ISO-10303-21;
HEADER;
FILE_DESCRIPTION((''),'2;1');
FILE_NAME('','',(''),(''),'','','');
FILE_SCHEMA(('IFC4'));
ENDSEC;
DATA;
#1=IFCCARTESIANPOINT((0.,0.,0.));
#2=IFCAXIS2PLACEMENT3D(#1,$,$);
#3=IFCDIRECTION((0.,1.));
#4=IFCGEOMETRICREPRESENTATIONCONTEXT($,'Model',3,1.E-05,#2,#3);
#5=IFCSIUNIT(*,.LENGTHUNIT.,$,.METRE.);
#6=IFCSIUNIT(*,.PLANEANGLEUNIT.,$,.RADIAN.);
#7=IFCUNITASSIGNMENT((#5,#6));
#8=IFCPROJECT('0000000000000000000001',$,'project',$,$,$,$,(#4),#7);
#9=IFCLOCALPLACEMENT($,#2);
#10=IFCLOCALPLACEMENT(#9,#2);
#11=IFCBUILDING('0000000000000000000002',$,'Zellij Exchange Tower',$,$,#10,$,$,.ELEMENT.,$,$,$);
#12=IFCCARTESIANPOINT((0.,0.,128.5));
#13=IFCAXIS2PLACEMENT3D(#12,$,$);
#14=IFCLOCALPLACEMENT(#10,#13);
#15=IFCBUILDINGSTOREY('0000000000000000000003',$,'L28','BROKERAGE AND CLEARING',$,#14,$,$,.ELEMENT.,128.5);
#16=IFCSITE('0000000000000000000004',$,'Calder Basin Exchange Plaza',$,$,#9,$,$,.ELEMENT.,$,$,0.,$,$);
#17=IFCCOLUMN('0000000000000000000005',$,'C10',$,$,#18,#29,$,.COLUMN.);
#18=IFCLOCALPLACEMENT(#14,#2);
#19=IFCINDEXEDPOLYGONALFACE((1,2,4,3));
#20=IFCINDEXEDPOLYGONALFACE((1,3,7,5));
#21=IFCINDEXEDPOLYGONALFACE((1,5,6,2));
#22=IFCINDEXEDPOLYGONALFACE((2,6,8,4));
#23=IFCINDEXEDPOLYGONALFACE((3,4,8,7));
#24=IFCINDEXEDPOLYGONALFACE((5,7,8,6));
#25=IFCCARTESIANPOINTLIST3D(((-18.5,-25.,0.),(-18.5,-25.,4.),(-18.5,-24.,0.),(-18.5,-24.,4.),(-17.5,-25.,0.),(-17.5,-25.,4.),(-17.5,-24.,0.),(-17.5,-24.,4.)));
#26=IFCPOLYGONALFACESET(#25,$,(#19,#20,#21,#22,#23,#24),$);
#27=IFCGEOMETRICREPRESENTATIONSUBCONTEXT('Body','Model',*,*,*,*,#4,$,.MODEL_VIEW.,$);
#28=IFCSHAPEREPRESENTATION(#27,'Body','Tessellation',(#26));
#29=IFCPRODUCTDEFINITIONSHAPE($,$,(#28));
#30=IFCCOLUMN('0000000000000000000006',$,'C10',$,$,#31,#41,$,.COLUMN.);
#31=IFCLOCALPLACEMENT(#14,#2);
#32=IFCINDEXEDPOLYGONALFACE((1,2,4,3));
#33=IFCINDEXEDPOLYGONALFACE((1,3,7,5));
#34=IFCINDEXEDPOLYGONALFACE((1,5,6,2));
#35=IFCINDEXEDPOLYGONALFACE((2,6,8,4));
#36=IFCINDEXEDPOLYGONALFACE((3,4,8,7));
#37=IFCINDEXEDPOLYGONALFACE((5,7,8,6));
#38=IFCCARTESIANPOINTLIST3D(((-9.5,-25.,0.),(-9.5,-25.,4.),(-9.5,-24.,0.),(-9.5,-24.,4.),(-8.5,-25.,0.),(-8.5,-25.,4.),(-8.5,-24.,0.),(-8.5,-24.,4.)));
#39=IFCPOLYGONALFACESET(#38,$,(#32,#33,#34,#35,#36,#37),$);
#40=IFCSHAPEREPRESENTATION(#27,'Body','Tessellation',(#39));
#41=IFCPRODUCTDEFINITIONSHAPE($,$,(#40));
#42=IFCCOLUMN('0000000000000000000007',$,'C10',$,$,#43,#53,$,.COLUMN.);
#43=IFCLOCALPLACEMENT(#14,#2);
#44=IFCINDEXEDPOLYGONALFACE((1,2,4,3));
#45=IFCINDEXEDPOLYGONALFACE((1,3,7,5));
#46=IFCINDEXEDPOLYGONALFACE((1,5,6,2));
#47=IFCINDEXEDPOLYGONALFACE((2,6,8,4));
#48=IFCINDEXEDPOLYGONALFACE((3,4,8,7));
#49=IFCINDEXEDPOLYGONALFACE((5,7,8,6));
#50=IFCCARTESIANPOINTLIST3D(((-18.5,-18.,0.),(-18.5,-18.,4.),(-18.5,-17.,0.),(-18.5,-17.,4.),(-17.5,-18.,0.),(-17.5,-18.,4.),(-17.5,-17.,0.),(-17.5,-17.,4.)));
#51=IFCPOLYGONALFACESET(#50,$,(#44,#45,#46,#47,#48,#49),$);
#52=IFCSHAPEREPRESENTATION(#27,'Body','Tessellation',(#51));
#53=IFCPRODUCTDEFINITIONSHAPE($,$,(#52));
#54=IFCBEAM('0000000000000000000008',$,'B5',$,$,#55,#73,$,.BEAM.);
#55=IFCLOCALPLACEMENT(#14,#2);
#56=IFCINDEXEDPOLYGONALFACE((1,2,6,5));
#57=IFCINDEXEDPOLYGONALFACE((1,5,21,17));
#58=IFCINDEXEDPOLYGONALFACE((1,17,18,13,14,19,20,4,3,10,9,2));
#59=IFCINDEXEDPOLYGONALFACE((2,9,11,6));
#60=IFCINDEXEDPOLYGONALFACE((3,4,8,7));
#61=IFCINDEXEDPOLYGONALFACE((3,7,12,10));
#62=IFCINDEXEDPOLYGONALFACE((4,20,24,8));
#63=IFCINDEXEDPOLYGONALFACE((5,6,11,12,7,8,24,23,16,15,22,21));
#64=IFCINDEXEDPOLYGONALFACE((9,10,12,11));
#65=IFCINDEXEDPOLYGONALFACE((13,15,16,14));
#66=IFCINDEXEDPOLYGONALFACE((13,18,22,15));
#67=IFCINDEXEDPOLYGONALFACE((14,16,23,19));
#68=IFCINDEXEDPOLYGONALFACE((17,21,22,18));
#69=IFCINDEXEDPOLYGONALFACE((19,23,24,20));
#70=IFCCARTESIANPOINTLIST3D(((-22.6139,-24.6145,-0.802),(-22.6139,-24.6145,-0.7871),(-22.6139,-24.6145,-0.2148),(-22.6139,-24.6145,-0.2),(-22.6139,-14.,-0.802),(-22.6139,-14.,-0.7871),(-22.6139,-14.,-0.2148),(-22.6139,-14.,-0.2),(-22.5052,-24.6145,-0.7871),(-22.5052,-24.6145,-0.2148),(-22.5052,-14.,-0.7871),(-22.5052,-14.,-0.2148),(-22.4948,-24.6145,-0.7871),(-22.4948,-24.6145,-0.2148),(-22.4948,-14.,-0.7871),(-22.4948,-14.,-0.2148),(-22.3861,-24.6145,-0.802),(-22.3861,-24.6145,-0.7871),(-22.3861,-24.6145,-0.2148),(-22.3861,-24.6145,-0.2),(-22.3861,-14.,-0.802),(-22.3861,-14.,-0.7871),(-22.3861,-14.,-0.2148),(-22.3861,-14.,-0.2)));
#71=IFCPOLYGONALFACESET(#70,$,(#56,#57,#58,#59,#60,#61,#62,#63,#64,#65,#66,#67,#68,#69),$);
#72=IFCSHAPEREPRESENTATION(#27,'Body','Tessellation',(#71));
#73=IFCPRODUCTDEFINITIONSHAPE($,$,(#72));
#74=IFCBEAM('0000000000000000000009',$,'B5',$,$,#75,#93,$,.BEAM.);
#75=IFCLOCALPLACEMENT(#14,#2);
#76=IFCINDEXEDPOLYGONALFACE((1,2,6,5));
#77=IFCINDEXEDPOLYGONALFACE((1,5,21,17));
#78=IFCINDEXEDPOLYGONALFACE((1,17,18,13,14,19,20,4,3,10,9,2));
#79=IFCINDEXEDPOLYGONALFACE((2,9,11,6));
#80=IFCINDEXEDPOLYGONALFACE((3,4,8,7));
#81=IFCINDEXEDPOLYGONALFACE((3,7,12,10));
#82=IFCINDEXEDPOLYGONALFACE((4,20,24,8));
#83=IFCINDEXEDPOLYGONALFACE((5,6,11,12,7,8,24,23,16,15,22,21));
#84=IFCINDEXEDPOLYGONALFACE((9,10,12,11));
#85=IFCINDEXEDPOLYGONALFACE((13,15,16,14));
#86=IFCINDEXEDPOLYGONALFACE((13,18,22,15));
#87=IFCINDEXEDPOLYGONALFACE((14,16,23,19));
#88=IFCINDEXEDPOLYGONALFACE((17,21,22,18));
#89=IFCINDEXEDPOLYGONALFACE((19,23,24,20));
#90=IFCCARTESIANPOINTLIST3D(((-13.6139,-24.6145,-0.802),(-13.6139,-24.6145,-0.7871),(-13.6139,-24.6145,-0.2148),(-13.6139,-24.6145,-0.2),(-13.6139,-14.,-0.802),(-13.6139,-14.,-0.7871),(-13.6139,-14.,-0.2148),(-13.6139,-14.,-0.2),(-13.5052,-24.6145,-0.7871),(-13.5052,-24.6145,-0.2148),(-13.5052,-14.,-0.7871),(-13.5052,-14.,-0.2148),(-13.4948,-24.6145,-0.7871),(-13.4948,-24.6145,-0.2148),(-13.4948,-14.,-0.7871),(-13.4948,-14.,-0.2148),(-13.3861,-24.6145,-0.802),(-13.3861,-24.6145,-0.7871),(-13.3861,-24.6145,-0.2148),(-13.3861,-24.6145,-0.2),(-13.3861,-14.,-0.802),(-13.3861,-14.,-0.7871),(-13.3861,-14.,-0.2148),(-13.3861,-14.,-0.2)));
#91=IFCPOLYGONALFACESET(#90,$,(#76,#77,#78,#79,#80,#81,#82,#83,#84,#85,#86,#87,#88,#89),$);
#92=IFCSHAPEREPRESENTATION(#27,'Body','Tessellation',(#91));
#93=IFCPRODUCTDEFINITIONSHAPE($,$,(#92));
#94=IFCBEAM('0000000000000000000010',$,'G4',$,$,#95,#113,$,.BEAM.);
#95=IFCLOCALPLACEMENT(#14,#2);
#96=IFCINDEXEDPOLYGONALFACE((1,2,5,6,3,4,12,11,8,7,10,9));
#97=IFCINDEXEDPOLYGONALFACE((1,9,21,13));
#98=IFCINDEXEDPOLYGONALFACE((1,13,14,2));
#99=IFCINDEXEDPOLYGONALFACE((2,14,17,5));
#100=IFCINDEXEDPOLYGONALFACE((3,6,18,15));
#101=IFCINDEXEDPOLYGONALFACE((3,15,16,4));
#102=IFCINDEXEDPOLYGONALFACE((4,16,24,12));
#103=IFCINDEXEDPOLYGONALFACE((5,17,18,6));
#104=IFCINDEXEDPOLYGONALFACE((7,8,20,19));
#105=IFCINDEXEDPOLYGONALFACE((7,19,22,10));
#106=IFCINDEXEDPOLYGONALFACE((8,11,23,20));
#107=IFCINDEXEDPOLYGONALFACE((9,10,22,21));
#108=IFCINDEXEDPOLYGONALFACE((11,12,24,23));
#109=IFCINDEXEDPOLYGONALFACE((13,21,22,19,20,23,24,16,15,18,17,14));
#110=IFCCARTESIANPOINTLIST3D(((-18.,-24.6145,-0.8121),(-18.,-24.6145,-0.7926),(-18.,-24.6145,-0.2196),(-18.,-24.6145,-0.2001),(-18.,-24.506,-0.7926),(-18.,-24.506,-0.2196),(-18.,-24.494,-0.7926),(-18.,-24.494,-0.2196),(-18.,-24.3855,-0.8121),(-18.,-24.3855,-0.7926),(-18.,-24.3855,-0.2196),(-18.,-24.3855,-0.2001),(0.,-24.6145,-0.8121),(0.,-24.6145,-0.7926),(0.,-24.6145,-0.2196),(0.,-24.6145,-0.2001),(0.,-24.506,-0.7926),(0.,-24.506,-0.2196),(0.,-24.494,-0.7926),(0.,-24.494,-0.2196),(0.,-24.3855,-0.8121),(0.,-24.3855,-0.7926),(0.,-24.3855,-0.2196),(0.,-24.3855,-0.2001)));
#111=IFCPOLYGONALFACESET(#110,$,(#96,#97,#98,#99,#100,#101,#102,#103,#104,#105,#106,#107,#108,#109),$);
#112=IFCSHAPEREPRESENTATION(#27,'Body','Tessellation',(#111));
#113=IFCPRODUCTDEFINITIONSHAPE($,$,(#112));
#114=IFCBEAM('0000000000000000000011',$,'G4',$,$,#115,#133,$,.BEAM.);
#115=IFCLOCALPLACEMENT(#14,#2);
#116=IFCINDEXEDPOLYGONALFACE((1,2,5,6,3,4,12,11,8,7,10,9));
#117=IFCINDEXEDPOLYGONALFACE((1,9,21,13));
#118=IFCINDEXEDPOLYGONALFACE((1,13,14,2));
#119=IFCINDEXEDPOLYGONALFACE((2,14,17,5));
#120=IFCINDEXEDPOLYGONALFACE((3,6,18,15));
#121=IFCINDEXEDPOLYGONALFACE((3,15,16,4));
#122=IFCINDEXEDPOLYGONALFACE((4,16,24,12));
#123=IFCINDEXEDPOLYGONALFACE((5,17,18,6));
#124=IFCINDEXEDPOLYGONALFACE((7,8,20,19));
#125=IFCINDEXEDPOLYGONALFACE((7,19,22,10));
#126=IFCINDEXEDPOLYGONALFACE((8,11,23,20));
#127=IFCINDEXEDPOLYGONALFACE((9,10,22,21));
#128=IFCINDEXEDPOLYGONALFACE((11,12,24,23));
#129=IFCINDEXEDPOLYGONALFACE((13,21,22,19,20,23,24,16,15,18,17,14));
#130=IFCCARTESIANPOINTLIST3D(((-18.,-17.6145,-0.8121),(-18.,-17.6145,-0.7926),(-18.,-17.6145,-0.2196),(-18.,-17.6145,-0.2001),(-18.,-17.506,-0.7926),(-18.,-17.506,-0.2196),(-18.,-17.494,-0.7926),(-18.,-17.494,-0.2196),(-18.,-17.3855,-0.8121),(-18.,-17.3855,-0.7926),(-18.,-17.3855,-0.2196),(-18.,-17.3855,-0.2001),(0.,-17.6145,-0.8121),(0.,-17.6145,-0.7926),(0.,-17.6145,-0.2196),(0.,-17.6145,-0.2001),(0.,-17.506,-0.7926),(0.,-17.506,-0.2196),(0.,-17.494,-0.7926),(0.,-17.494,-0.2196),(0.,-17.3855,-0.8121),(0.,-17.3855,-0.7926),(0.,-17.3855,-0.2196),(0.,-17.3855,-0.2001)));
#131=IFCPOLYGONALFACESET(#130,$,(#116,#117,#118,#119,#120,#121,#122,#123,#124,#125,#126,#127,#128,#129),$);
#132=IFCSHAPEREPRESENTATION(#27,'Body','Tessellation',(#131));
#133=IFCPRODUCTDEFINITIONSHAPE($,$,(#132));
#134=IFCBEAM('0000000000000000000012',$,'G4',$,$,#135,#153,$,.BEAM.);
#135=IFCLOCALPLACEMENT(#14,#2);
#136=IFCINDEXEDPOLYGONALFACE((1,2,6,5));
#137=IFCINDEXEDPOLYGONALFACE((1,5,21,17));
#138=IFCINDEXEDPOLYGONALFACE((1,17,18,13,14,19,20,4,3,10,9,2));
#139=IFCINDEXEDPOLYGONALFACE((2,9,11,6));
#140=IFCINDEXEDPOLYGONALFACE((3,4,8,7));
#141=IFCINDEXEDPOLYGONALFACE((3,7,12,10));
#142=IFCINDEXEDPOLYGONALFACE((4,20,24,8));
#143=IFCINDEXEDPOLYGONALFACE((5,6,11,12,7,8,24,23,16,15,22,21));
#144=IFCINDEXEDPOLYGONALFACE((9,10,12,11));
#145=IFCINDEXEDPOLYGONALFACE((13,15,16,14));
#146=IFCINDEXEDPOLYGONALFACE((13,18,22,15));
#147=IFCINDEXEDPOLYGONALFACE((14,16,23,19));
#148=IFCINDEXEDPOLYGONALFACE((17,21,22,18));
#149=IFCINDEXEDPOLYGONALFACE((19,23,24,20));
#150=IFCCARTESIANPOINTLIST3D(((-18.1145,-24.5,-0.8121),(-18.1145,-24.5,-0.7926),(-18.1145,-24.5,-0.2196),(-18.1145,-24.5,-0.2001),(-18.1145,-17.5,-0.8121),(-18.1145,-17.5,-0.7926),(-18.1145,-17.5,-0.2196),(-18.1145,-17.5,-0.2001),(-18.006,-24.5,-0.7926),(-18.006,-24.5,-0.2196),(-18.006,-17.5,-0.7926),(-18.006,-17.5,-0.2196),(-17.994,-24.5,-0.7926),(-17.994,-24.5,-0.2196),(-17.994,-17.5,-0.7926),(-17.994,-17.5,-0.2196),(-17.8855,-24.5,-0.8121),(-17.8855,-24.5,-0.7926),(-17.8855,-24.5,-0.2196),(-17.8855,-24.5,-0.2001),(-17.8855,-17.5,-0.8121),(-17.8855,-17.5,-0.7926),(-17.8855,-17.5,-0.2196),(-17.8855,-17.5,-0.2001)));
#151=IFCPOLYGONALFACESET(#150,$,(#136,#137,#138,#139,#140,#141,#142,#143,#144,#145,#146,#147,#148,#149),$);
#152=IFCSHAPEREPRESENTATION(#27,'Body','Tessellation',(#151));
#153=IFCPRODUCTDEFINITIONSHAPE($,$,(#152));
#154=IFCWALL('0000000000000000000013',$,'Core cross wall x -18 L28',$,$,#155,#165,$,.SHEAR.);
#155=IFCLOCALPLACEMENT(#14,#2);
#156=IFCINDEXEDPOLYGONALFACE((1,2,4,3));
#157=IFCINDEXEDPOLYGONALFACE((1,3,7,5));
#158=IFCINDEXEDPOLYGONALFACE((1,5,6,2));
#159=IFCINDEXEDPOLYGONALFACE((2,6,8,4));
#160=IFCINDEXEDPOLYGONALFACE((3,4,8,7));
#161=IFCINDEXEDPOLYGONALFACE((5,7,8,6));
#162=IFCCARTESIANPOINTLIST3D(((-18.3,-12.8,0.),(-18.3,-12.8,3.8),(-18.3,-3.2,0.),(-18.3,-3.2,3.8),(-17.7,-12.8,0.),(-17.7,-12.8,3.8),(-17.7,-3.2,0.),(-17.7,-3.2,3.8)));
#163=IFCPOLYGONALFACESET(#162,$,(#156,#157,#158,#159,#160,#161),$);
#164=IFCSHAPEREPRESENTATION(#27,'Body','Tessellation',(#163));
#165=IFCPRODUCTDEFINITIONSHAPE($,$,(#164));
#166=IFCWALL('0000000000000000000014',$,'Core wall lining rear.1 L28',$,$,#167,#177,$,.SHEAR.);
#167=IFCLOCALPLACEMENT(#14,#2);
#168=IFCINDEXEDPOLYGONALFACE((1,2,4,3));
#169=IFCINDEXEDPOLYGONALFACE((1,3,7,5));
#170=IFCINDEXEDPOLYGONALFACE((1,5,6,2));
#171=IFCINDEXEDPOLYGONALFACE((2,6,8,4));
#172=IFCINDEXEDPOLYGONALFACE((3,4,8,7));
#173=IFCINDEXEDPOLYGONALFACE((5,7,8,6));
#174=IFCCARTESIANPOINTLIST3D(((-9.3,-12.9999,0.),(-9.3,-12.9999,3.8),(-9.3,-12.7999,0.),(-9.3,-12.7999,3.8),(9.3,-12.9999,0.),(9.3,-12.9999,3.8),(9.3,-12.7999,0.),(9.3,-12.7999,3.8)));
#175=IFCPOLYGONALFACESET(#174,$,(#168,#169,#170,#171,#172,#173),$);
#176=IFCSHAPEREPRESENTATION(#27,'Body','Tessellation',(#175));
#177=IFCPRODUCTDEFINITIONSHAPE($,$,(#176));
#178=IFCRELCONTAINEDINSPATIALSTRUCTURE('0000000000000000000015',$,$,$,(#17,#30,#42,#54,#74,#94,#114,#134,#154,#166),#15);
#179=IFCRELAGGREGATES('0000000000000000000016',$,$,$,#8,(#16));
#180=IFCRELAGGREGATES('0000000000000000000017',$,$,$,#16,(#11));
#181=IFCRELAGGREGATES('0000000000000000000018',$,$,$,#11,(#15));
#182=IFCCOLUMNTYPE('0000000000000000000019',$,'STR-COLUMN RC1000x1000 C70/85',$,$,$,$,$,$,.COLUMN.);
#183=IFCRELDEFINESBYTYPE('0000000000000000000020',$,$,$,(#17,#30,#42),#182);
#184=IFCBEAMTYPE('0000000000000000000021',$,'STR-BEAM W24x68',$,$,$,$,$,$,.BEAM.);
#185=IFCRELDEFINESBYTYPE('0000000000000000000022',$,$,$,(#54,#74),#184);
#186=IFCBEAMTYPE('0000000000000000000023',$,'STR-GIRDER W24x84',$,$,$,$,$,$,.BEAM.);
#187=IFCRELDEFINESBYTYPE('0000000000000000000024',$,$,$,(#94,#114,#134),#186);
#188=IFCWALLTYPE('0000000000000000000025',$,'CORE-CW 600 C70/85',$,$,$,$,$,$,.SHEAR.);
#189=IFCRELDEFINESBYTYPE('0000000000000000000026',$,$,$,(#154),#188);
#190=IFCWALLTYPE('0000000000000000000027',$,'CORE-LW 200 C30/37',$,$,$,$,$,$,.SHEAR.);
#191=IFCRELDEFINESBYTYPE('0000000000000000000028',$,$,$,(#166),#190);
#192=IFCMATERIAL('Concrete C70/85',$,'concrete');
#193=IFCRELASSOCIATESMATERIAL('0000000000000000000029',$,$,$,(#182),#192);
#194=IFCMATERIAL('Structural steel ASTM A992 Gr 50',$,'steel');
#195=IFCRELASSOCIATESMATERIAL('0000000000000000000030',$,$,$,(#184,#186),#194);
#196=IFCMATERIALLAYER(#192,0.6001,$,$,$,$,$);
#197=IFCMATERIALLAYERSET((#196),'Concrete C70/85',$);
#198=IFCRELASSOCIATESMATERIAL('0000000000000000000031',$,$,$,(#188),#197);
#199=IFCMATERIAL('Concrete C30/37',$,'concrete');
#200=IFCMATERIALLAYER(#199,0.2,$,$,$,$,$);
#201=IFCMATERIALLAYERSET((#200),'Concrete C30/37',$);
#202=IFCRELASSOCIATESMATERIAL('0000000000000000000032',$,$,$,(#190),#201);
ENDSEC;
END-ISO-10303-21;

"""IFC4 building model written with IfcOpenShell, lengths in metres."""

from ifc_helpers import new_model, si_unit, direction, frame, frame_2d, origin, origin_2d, place, context, subcontext, project, spatial, rectangle, i_section, extrude, material, layer, layer_set, material_profile, profile_set, type_object, element, save


model = new_model("IFC4")

# Units and contexts
model_context = context("Model", 3, precision=1e-05, world=origin(), true_north=direction((0.0, 1.0)))
body_context = subcontext(model_context, "Body", "Model", "MODEL_VIEW")
ifc_project = project(units=[si_unit("LENGTHUNIT", "METRE"), si_unit("PLANEANGLEUNIT", "RADIAN")], contexts=[model_context])

# Site, building, storey
site_placement = place(None, origin())
site = spatial("IfcSite", under=ifc_project, at=site_placement, Name="Calder Basin Exchange Plaza", CompositionType="ELEMENT", RefElevation=0.0)
building_placement = place(site_placement, origin())
building = spatial("IfcBuilding", under=site, at=building_placement, Name="Zellij Exchange Tower", CompositionType="ELEMENT")
storey_placement = place(building_placement, frame((0.0, 0.0, 128.5)))
storey = spatial("IfcBuildingStorey", under=building, at=storey_placement, Name="L28", Description="BROKERAGE AND CLEARING", CompositionType="ELEMENT", Elevation=128.5)

# Columns
ifc_material_1 = material(Name="Concrete C70/85", Category="concrete")
ifc_material_profile_1 = material_profile(ifc_material_1, rectangle(XDim=1.0, YDim=1.0, at=origin_2d()), Name="STR-COLUMN RC1000x1000 C70/85")
ifc_profile_set_1 = profile_set([ifc_material_profile_1], Name="Concrete C70/85")
column_type = type_object("IfcColumnType", Name="STR-COLUMN RC1000x1000 C70/85", PredefinedType="COLUMN", material=ifc_profile_set_1)
for number, where, z_axis, x_axis, name in (
    (1, (-18.0, -24.5, 0.0), (0.0, 0.0, 1.0), (1.0, 0.0, 0.0), "C10"),
    (2, (-9.0, -24.5, 0.0), (0.0, 0.0, 1.0), (1.0, 0.0, 0.0), "C10"),
    (3, (-18.0, -17.5, 0.0), (0.0, 0.0, 1.0), (1.0, 0.0, 0.0), "C10"),
):
    element("IfcColumn", number, at=place(storey_placement, frame(where, z_axis=z_axis, x_axis=x_axis)), inside=storey, type_object=column_type, Name=name, PredefinedType="COLUMN", context=body_context, shape_type="SweptSolid", body=[
        extrude(rectangle(XDim=1.0, YDim=1.0, at=origin_2d()), origin(), (0.0, 0.0, 1.0), 4.0),
    ])

# Beams
ifc_material_2 = material(Name="Structural steel ASTM A992 Gr 50", Category="steel")
ifc_material_profile_2 = material_profile(ifc_material_2, i_section(OverallWidth=0.2278, OverallDepth=0.6021, WebThickness=0.0105, FlangeThickness=0.0149, at=origin_2d()), Name="W24x68")
ifc_profile_set_2 = profile_set([ifc_material_profile_2], Name="Structural steel ASTM A992 Gr 50")
beam_type_1 = type_object("IfcBeamType", Name="STR-BEAM W24x68", PredefinedType="BEAM", material=ifc_profile_set_2)
for number, where, z_axis, x_axis, name in (
    (4, (-22.5, -24.6145, -0.501), (0.0, 1.0, 0.0), (-1.0, 0.0, 0.0), "B5"),
    (5, (-13.5, -24.6145, -0.501), (0.0, 1.0, 0.0), (-1.0, 0.0, 0.0), "B5"),
):
    element("IfcBeam", number, at=place(storey_placement, frame(where, z_axis=z_axis, x_axis=x_axis)), inside=storey, type_object=beam_type_1, Name=name, PredefinedType="BEAM", context=body_context, shape_type="SweptSolid", body=[
        extrude(i_section(OverallWidth=0.2278, OverallDepth=0.6021, WebThickness=0.0105, FlangeThickness=0.0149, at=origin_2d()), origin(), (0.0, 0.0, 1.0), 10.6145),
    ])
ifc_material_profile_3 = material_profile(ifc_material_2, i_section(OverallWidth=0.229, OverallDepth=0.6121, WebThickness=0.012, FlangeThickness=0.0195, at=origin_2d()), Name="W24x84")
ifc_profile_set_3 = profile_set([ifc_material_profile_3], Name="Structural steel ASTM A992 Gr 50")
beam_type_2 = type_object("IfcBeamType", Name="STR-GIRDER W24x84", PredefinedType="BEAM", material=ifc_profile_set_3)
for number, where, z_axis, x_axis, name in (
    (6, (-18.0, -24.5, -0.5061), (1.0, 0.0, 0.0), (0.0, 1.0, 0.0), "G4"),
    (7, (-18.0, -17.5, -0.5061), (1.0, 0.0, 0.0), (0.0, 1.0, 0.0), "G4"),
):
    element("IfcBeam", number, at=place(storey_placement, frame(where, z_axis=z_axis, x_axis=x_axis)), inside=storey, type_object=beam_type_2, Name=name, PredefinedType="BEAM", context=body_context, shape_type="SweptSolid", body=[
        extrude(i_section(OverallWidth=0.229, OverallDepth=0.6121, WebThickness=0.012, FlangeThickness=0.0195, at=origin_2d()), origin(), (0.0, 0.0, 1.0), 18.0),
    ])
beam_placement = place(storey_placement, frame((-18.0, -24.5, -0.5061), z_axis=(0.0, 1.0, 0.0), x_axis=(-1.0, 0.0, 0.0)))
element("IfcBeam", 8, at=beam_placement, inside=storey, type_object=beam_type_2, Name="G4", PredefinedType="BEAM", context=body_context, shape_type="SweptSolid", body=[
    extrude(i_section(OverallWidth=0.229, OverallDepth=0.6121, WebThickness=0.012, FlangeThickness=0.0195, at=origin_2d()), origin(), (0.0, 0.0, 1.0), 7.0),
])

# Walls
ifc_layer_1 = layer(ifc_material_1, 0.6001)
ifc_layer_set_1 = layer_set([ifc_layer_1], Name="Concrete C70/85")
wall_type_1 = type_object("IfcWallType", Name="CORE-CW 600 C70/85", PredefinedType="SHEAR", material=ifc_layer_set_1)
wall_1_placement = place(storey_placement, frame((-18.0, -12.8, 0.0), z_axis=(0.0, 0.0, 1.0), x_axis=(0.0, 1.0, 0.0)))
element("IfcWall", 9, at=wall_1_placement, inside=storey, type_object=wall_type_1, Name="Core cross wall x -18 L28", PredefinedType="SHEAR", context=body_context, shape_type="SweptSolid", body=[
    extrude(rectangle(XDim=9.6001, YDim=0.6001, at=frame_2d((4.8, 0.0))), origin(), (0.0, 0.0, 1.0), 3.8),
])
ifc_material_3 = material(Name="Concrete C30/37", Category="concrete")
ifc_layer_2 = layer(ifc_material_3, 0.2)
ifc_layer_set_2 = layer_set([ifc_layer_2], Name="Concrete C30/37")
wall_type_2 = type_object("IfcWallType", Name="CORE-LW 200 C30/37", PredefinedType="SHEAR", material=ifc_layer_set_2)
wall_2_placement = place(storey_placement, frame((-9.3, -12.8999, 0.0), z_axis=(0.0, 0.0, 1.0), x_axis=(1.0, 0.0, 0.0)))
element("IfcWall", 10, at=wall_2_placement, inside=storey, type_object=wall_type_2, Name="Core wall lining rear.1 L28", PredefinedType="SHEAR", context=body_context, shape_type="SweptSolid", body=[
    extrude(rectangle(XDim=18.6001, YDim=0.2, at=frame_2d((9.3, 0.0))), origin(), (0.0, 0.0, 1.0), 3.8),
])

save(model, "model.ifc")
